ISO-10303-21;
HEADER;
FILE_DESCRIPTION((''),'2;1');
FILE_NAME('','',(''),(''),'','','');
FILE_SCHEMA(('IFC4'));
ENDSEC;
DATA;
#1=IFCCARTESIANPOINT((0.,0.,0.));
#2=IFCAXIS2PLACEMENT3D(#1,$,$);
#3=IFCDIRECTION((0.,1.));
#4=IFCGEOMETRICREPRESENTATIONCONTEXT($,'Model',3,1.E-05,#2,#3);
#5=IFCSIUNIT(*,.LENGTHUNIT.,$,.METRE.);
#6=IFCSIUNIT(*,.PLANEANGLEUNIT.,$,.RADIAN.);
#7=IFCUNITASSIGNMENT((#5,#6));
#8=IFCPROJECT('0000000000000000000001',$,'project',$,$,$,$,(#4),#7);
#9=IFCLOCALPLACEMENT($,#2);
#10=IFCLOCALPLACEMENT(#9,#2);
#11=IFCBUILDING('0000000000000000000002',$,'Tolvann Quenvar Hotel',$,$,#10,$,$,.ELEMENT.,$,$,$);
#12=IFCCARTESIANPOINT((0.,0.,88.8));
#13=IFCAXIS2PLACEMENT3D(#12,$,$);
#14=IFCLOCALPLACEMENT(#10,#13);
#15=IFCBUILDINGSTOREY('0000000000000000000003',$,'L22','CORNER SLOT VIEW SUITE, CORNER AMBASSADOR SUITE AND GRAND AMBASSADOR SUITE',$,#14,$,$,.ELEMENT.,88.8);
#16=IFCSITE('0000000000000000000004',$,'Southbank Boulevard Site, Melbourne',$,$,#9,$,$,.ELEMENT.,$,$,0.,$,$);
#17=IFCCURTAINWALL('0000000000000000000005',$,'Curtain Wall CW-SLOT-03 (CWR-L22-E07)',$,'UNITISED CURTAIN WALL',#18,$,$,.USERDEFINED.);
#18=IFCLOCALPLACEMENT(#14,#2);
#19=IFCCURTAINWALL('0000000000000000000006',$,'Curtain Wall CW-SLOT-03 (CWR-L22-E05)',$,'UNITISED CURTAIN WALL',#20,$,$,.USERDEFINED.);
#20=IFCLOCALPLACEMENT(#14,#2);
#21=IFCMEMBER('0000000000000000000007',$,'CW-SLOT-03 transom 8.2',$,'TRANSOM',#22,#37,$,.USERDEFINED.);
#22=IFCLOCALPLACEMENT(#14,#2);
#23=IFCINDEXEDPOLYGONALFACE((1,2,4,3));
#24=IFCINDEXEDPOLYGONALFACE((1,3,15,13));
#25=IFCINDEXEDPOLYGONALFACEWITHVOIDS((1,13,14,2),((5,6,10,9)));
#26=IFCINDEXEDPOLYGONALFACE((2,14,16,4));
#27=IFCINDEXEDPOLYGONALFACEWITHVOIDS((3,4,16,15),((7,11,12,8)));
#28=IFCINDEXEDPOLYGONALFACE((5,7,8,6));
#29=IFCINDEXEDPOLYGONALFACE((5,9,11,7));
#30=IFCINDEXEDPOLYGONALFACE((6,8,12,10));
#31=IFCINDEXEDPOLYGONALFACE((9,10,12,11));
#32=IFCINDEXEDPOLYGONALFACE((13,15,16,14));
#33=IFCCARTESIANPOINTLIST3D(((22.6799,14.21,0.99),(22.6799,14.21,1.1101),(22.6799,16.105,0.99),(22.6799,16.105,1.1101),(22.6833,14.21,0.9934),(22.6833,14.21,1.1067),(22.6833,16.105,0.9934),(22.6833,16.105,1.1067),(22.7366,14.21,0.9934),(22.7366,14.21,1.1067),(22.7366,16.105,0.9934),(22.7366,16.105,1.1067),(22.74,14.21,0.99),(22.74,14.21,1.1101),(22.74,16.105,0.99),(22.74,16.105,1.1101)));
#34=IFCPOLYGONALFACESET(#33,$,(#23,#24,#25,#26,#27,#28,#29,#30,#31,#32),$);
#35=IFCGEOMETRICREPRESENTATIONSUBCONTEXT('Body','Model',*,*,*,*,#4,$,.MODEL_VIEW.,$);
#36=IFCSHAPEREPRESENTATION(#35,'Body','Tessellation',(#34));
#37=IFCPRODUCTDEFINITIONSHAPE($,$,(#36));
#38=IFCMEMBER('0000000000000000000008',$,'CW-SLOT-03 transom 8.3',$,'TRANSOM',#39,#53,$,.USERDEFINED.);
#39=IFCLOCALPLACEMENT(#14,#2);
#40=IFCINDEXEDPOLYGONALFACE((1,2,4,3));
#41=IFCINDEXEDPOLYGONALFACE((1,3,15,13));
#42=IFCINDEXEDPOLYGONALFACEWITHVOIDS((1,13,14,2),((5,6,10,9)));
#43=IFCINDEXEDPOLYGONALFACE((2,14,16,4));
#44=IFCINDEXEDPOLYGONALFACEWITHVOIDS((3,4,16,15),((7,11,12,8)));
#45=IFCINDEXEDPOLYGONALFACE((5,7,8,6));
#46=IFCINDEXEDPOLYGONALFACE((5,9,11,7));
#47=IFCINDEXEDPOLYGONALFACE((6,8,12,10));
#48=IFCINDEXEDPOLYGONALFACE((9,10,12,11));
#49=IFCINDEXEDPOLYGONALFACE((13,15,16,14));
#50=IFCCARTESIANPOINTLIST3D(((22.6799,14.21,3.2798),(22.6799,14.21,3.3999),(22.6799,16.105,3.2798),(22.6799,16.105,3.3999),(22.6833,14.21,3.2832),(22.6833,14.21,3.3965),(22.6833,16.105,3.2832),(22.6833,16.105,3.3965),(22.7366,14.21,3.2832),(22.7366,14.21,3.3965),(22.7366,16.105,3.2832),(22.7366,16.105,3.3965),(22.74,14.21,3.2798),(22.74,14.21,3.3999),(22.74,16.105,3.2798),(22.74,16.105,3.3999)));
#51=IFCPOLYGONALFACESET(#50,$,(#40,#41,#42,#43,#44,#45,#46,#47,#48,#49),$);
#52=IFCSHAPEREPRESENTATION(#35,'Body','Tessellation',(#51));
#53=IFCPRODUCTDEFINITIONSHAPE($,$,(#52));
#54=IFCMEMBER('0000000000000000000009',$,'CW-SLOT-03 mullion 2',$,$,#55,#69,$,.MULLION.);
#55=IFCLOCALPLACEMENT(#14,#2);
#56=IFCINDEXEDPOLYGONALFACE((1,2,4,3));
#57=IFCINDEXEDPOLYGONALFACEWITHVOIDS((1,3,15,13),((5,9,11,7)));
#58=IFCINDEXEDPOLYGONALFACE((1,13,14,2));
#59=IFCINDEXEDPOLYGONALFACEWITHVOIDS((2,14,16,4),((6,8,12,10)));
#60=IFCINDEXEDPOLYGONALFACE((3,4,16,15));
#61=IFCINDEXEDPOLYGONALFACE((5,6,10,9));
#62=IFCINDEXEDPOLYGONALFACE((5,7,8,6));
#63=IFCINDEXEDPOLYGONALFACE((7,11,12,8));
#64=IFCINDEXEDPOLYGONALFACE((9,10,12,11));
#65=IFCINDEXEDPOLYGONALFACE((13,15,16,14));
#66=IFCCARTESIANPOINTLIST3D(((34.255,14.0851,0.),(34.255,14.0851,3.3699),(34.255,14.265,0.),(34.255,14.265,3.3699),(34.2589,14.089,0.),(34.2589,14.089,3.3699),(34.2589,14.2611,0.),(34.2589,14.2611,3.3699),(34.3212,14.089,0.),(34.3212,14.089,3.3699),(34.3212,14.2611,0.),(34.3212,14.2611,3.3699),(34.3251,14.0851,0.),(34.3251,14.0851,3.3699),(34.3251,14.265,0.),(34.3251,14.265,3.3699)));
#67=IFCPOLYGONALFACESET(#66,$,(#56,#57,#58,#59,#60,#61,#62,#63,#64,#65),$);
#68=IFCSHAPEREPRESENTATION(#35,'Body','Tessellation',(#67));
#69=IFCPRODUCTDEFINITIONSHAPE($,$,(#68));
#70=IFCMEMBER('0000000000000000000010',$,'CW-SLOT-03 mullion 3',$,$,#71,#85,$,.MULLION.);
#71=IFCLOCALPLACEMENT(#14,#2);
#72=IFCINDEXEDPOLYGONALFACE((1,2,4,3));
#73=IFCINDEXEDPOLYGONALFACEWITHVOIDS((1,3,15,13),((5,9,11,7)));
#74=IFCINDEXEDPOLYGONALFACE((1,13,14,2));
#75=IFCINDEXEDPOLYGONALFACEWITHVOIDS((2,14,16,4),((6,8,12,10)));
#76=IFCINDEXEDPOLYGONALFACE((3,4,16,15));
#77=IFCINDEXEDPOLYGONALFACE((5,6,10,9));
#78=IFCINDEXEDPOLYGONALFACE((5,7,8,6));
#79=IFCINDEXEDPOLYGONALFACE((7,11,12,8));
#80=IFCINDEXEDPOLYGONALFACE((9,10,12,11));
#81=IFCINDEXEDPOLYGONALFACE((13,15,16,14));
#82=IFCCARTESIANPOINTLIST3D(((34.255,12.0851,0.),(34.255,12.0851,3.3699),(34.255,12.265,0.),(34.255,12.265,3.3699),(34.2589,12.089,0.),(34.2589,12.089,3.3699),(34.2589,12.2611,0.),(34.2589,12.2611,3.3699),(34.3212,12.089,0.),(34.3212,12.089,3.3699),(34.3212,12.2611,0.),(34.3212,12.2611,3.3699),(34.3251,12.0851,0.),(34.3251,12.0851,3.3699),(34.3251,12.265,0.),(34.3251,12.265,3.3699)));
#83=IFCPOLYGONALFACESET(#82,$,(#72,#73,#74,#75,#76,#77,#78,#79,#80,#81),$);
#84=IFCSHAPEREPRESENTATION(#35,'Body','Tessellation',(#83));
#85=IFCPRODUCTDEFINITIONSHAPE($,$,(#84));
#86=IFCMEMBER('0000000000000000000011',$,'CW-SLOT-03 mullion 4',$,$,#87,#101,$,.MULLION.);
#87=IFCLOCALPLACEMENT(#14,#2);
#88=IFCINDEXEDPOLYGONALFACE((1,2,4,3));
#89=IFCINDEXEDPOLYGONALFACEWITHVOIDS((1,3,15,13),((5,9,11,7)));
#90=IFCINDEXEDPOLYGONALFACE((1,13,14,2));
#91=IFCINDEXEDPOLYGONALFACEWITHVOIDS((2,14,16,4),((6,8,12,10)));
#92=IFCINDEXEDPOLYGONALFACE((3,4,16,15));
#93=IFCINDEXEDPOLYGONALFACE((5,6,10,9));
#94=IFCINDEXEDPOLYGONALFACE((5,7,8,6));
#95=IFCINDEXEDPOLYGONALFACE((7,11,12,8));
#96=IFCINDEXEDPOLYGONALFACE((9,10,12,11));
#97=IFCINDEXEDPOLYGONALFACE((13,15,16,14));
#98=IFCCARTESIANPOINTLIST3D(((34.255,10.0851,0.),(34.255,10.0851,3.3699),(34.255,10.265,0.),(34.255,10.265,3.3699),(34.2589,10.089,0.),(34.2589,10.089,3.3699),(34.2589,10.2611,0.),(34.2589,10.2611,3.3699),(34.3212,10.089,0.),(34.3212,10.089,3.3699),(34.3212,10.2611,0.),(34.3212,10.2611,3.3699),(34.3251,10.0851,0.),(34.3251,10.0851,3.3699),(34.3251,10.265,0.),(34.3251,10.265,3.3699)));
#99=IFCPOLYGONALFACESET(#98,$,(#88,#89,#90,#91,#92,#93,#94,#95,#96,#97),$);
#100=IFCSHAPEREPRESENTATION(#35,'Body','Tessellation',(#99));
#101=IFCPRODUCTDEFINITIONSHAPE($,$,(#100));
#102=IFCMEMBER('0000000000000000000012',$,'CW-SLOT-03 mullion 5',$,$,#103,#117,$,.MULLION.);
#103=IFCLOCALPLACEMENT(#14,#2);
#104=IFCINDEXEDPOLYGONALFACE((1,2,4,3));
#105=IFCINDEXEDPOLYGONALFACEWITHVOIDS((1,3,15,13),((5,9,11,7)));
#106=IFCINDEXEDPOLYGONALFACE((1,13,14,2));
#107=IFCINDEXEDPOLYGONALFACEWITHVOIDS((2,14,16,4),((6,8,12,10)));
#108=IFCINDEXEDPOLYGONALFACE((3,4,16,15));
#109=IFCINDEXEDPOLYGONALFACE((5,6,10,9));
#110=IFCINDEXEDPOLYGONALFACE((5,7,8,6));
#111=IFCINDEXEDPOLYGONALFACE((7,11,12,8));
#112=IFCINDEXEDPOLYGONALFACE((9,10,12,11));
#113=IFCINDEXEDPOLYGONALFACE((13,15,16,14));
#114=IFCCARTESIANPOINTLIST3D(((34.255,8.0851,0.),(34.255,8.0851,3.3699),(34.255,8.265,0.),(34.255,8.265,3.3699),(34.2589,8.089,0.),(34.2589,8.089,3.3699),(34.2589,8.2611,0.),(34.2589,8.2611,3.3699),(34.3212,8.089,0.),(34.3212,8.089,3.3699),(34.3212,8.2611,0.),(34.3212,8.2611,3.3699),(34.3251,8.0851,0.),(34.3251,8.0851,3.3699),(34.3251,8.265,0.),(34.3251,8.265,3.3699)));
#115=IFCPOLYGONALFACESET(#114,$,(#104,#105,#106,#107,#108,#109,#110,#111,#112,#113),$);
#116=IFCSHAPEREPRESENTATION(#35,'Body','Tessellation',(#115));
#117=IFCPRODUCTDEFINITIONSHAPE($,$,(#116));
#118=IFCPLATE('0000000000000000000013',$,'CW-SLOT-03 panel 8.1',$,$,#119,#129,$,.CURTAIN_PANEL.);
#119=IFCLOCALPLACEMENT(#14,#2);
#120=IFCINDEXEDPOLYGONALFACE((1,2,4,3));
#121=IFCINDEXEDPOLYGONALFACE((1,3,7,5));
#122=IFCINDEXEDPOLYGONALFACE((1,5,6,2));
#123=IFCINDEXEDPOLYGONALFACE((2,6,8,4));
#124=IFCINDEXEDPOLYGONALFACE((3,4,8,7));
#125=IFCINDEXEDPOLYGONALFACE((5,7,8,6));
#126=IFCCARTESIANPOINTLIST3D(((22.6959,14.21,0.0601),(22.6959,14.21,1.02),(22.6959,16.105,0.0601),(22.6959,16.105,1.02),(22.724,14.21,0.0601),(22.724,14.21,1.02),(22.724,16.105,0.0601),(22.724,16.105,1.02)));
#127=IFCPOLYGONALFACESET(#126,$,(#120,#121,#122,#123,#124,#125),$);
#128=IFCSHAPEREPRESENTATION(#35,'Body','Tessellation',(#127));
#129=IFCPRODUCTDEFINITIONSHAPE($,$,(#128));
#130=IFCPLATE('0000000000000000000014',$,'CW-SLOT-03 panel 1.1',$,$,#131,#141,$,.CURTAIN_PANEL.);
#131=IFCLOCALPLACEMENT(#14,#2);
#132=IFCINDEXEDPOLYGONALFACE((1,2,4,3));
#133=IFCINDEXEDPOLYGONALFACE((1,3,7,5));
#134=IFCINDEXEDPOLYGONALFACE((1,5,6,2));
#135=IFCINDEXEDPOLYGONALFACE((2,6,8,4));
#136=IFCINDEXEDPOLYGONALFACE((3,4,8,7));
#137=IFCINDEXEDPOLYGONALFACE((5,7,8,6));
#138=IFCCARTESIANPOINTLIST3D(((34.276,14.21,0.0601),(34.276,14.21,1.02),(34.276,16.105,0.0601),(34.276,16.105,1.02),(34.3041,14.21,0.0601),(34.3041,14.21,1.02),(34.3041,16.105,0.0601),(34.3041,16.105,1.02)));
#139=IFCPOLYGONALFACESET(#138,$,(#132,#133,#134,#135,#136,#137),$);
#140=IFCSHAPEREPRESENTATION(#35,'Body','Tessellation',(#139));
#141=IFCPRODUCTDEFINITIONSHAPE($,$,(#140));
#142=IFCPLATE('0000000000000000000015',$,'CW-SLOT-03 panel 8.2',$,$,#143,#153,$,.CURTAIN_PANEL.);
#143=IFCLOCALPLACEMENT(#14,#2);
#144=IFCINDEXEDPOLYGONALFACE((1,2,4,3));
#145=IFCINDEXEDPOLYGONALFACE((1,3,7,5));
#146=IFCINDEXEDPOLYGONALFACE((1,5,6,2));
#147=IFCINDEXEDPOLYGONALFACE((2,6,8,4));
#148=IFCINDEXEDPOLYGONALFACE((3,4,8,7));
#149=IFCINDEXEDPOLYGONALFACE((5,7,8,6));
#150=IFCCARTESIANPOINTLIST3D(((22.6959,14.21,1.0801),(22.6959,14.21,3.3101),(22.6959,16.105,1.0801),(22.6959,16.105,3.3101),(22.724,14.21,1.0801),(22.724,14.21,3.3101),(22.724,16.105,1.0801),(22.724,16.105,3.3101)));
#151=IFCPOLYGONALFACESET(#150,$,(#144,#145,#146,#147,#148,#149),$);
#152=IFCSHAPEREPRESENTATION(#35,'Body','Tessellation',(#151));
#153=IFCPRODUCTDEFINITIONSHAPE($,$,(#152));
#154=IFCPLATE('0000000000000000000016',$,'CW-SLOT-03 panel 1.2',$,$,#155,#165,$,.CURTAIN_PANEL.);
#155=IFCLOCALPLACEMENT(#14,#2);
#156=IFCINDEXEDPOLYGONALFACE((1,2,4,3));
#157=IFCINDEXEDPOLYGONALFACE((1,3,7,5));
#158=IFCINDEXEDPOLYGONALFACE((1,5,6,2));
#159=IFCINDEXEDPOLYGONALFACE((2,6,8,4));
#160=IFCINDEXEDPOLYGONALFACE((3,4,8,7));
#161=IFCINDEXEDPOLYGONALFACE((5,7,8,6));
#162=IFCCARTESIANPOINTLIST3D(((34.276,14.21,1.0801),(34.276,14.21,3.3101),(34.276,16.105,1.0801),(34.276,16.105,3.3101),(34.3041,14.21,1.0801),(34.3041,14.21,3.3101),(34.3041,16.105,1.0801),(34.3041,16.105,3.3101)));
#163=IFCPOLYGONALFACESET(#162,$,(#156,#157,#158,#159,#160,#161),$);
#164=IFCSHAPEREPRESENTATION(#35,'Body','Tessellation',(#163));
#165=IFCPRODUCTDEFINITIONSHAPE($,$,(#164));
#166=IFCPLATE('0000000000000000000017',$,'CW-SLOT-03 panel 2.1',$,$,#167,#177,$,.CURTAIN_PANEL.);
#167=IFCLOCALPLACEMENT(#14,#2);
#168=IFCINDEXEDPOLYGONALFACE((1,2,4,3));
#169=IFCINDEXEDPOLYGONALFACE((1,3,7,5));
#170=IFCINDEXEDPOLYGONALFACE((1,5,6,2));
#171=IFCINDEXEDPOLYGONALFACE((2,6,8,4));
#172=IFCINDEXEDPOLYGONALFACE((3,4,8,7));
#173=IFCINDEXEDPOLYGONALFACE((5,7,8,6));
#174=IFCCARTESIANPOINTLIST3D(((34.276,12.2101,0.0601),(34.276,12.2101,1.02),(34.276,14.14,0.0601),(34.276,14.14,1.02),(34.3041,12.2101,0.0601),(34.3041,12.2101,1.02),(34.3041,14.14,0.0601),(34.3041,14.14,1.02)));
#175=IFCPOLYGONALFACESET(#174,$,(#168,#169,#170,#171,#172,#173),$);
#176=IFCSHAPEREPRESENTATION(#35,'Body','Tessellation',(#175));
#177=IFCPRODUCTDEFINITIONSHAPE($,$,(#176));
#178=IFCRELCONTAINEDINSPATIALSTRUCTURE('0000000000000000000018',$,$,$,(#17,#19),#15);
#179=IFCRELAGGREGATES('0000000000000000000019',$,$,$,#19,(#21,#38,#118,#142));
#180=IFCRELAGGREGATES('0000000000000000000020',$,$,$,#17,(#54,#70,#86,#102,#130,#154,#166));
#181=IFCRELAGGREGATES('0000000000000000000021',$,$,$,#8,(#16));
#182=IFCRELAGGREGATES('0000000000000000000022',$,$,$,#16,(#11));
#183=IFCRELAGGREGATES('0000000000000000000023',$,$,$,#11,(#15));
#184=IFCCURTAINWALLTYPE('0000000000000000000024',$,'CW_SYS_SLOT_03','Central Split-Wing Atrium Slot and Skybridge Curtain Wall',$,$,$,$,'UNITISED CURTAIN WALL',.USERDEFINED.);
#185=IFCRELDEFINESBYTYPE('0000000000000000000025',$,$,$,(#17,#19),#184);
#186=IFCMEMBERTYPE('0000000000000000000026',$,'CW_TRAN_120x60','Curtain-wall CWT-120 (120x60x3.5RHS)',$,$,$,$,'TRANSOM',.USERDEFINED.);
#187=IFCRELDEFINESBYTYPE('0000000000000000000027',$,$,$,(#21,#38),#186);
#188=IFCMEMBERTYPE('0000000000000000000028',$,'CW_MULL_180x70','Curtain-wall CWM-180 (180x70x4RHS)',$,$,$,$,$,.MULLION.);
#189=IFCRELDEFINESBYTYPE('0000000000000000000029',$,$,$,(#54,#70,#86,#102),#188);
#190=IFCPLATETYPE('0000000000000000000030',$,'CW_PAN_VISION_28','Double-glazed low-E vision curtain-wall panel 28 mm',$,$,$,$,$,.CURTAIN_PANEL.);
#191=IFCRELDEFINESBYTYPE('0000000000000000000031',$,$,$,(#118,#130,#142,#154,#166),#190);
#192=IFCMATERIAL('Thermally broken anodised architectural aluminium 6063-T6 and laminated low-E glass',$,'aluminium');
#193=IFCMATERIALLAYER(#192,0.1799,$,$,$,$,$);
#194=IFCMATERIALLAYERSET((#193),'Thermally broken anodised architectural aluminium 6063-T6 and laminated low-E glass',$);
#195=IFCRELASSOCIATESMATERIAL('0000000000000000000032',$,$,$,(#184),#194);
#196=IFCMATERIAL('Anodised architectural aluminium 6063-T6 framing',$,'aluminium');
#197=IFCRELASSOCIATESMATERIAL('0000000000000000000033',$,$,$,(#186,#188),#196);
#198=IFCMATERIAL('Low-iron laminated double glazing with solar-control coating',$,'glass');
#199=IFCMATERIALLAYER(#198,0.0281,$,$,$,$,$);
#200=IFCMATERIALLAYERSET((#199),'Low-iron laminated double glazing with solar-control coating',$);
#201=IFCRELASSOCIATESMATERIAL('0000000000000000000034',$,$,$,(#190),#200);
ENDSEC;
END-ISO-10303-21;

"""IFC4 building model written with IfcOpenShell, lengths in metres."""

from ifc_helpers import new_model, si_unit, direction, frame, origin, origin_2d, place, context, subcontext, project, spatial, rectangle, hollow_rectangle, extrude, source, transform, mapped, material, layer, layer_set, material_profile, profile_set, type_object, type_shapes, element, aggregate, save


model = new_model("IFC4")

# Units and contexts
model_context = context("Model", 3, precision=1e-05, world=origin(), true_north=direction((0.0, 1.0)))
body_context = subcontext(model_context, "Body", "Model", "MODEL_VIEW")
ifc_project = project(units=[si_unit("LENGTHUNIT", "METRE"), si_unit("PLANEANGLEUNIT", "RADIAN")], contexts=[model_context])

# Site, building, storey
site_placement = place(None, origin())
site = spatial("IfcSite", under=ifc_project, at=site_placement, Name="Southbank Boulevard Site, Melbourne", CompositionType="ELEMENT", RefElevation=0.0)
building_placement = place(site_placement, origin())
building = spatial("IfcBuilding", under=site, at=building_placement, Name="Tolvann Quenvar Hotel", CompositionType="ELEMENT")
storey_placement = place(building_placement, frame((0.0, 0.0, 88.8)))
storey = spatial("IfcBuildingStorey", under=building, at=storey_placement, Name="L22", Description="CORNER SLOT VIEW SUITE, CORNER AMBASSADOR SUITE AND GRAND AMBASSADOR SUITE", CompositionType="ELEMENT", Elevation=88.8)

# Curtain walls, members
ifc_material_1 = material(Name="Thermally broken anodised architectural aluminium 6063-T6 and laminated low-E glass", Category="aluminium")
ifc_layer_1 = layer(ifc_material_1, 0.1799)
ifc_layer_set_1 = layer_set([ifc_layer_1], Name="Thermally broken anodised architectural aluminium 6063-T6 and laminated low-E glass")
curtain_wall_type = type_object("IfcCurtainWallType", Name="CW_SYS_SLOT_03", Description="Central Split-Wing Atrium Slot and Skybridge Curtain Wall", ElementType="UNITISED CURTAIN WALL", PredefinedType="USERDEFINED", material=ifc_layer_set_1)
curtain_wall_1_placement = place(storey_placement, origin())
curtain_wall_1 = element("IfcCurtainWall", 1, at=curtain_wall_1_placement, inside=storey, type_object=curtain_wall_type, Name="Curtain Wall CW-SLOT-03 (CWR-L22-E07)", ObjectType="UNITISED CURTAIN WALL", PredefinedType="USERDEFINED")
ifc_material_2 = material(Name="Anodised architectural aluminium 6063-T6 framing", Category="aluminium")
ifc_material_profile_1 = material_profile(ifc_material_2, hollow_rectangle(XDim=0.0601, YDim=0.1201, WallThickness=0.0034, at=origin_2d()), Name="120x60x3.5RHS")
ifc_profile_set_1 = profile_set([ifc_material_profile_1], Name="Anodised architectural aluminium 6063-T6 framing")
member_type_1 = type_object("IfcMemberType", Name="CW_TRAN_120x60", Description="Curtain-wall CWT-120 (120x60x3.5RHS)", ElementType="TRANSOM", PredefinedType="USERDEFINED", material=ifc_profile_set_1)
curtain_wall_2_placement = place(storey_placement, origin())
curtain_wall_2 = element("IfcCurtainWall", 2, at=curtain_wall_2_placement, inside=storey, type_object=curtain_wall_type, Name="Curtain Wall CW-SLOT-03 (CWR-L22-E05)", ObjectType="UNITISED CURTAIN WALL", PredefinedType="USERDEFINED")
shared_shape_1 = source(origin(), body_context, "Body", "SweptSolid", [
    extrude(hollow_rectangle(XDim=0.0601, YDim=0.1201, WallThickness=0.0034, at=origin_2d()), origin(), (0.0, 0.0, 1.0), 1.895),
])
member_1_placement = place(storey_placement, frame((22.71, 14.21, 1.05), z_axis=(0.0, 1.0, 0.0), x_axis=(-1.0, 0.0, 0.0)))
member_1 = element("IfcMember", 3, at=member_1_placement, type_object=member_type_1, Name="CW-SLOT-03 transom 8.2", ObjectType="TRANSOM", PredefinedType="USERDEFINED", context=body_context, shape_type="MappedRepresentation", body=[
    mapped(shared_shape_1, transform((0.0, 0.0, 0.0), x_axis=(1.0, 0.0, 0.0), y_axis=(0.0, 1.0, 0.0), z_axis=(0.0, 0.0, 1.0), scale=1.0)),
])
member_2_placement = place(storey_placement, frame((22.71, 14.21, 3.3398), z_axis=(0.0, 1.0, 0.0), x_axis=(-1.0, 0.0, 0.0)))
member_2 = element("IfcMember", 4, at=member_2_placement, type_object=member_type_1, Name="CW-SLOT-03 transom 8.3", ObjectType="TRANSOM", PredefinedType="USERDEFINED", context=body_context, shape_type="MappedRepresentation", body=[
    mapped(shared_shape_1, transform((0.0, 0.0, 0.0), x_axis=(1.0, 0.0, 0.0), y_axis=(0.0, 1.0, 0.0), z_axis=(0.0, 0.0, 1.0), scale=1.0)),
])

# Members
ifc_material_profile_2 = material_profile(ifc_material_2, hollow_rectangle(XDim=0.0701, YDim=0.1799, WallThickness=0.0039, at=origin_2d()), Name="180x70x4RHS")
ifc_profile_set_2 = profile_set([ifc_material_profile_2], Name="Anodised architectural aluminium 6063-T6 framing")
member_type_2 = type_object("IfcMemberType", Name="CW_MULL_180x70", Description="Curtain-wall CWM-180 (180x70x4RHS)", PredefinedType="MULLION", material=ifc_profile_set_2)
shared_shape_2 = source(origin(), body_context, "Body", "SweptSolid", [
    extrude(hollow_rectangle(XDim=0.0701, YDim=0.1799, WallThickness=0.0039, at=origin_2d()), origin(), (0.0, 0.0, 1.0), 3.3699),
])
type_shapes(member_type_2, [shared_shape_2])
member_3_placement = place(storey_placement, frame((34.29, 14.175, 0.0), z_axis=(0.0, 0.0, 1.0), x_axis=(1.0, 0.0, 0.0)))
member_3 = element("IfcMember", 5, at=member_3_placement, type_object=member_type_2, Name="CW-SLOT-03 mullion 2", PredefinedType="MULLION", context=body_context, shape_type="MappedRepresentation", body=[
    mapped(shared_shape_2, transform((0.0, 0.0, 0.0), x_axis=(1.0, 0.0, 0.0), y_axis=(0.0, 1.0, 0.0), z_axis=(0.0, 0.0, 1.0), scale=1.0)),
])
member_4_placement = place(storey_placement, frame((34.29, 12.175, 0.0), z_axis=(0.0, 0.0, 1.0), x_axis=(1.0, 0.0, 0.0)))
member_4 = element("IfcMember", 6, at=member_4_placement, type_object=member_type_2, Name="CW-SLOT-03 mullion 3", PredefinedType="MULLION", context=body_context, shape_type="MappedRepresentation", body=[
    mapped(shared_shape_2, transform((0.0, 0.0, 0.0), x_axis=(1.0, 0.0, 0.0), y_axis=(0.0, 1.0, 0.0), z_axis=(0.0, 0.0, 1.0), scale=1.0)),
])
member_5_placement = place(storey_placement, frame((34.29, 10.175, 0.0), z_axis=(0.0, 0.0, 1.0), x_axis=(1.0, 0.0, 0.0)))
member_5 = element("IfcMember", 7, at=member_5_placement, type_object=member_type_2, Name="CW-SLOT-03 mullion 4", PredefinedType="MULLION", context=body_context, shape_type="MappedRepresentation", body=[
    mapped(shared_shape_2, transform((0.0, 0.0, 0.0), x_axis=(1.0, 0.0, 0.0), y_axis=(0.0, 1.0, 0.0), z_axis=(0.0, 0.0, 1.0), scale=1.0)),
])
member_6_placement = place(storey_placement, frame((34.29, 8.175, 0.0), z_axis=(0.0, 0.0, 1.0), x_axis=(1.0, 0.0, 0.0)))
member_6 = element("IfcMember", 8, at=member_6_placement, type_object=member_type_2, Name="CW-SLOT-03 mullion 5", PredefinedType="MULLION", context=body_context, shape_type="MappedRepresentation", body=[
    mapped(shared_shape_2, transform((0.0, 0.0, 0.0), x_axis=(1.0, 0.0, 0.0), y_axis=(0.0, 1.0, 0.0), z_axis=(0.0, 0.0, 1.0), scale=1.0)),
])

# Plates
ifc_material_3 = material(Name="Low-iron laminated double glazing with solar-control coating", Category="glass")
ifc_layer_2 = layer(ifc_material_3, 0.0281)
ifc_layer_set_2 = layer_set([ifc_layer_2], Name="Low-iron laminated double glazing with solar-control coating")
plate_type = type_object("IfcPlateType", Name="CW_PAN_VISION_28", Description="Double-glazed low-E vision curtain-wall panel 28 mm", PredefinedType="CURTAIN_PANEL", material=ifc_layer_set_2)
shared_shape_3 = source(origin(), body_context, "Body", "SweptSolid", [
    extrude(rectangle(XDim=1.895, YDim=0.0281, at=origin_2d()), origin(), (0.0, 0.0, 1.0), 0.96),
])
plate_1_placement = place(storey_placement, frame((22.71, 15.1575, 0.0601), z_axis=(0.0, 0.0, 1.0), x_axis=(0.0, 1.0, 0.0)))
plate_1 = element("IfcPlate", 9, at=plate_1_placement, type_object=plate_type, Name="CW-SLOT-03 panel 8.1", PredefinedType="CURTAIN_PANEL", context=body_context, shape_type="MappedRepresentation", body=[
    mapped(shared_shape_3, transform((0.0, 0.0, 0.0), x_axis=(1.0, 0.0, 0.0), y_axis=(0.0, 1.0, 0.0), z_axis=(0.0, 0.0, 1.0), scale=1.0)),
])
plate_2_placement = place(storey_placement, frame((34.29, 15.1575, 0.0601), z_axis=(0.0, 0.0, 1.0), x_axis=(0.0, -1.0, 0.0)))
plate_2 = element("IfcPlate", 10, at=plate_2_placement, type_object=plate_type, Name="CW-SLOT-03 panel 1.1", PredefinedType="CURTAIN_PANEL", context=body_context, shape_type="MappedRepresentation", body=[
    mapped(shared_shape_3, transform((0.0, 0.0, 0.0), x_axis=(1.0, 0.0, 0.0), y_axis=(0.0, 1.0, 0.0), z_axis=(0.0, 0.0, 1.0), scale=1.0)),
])
shared_shape_4 = source(origin(), body_context, "Body", "SweptSolid", [
    extrude(rectangle(XDim=1.895, YDim=0.0281, at=origin_2d()), origin(), (0.0, 0.0, 1.0), 2.23),
])
plate_3_placement = place(storey_placement, frame((22.71, 15.1575, 1.0801), z_axis=(0.0, 0.0, 1.0), x_axis=(0.0, 1.0, 0.0)))
plate_3 = element("IfcPlate", 11, at=plate_3_placement, type_object=plate_type, Name="CW-SLOT-03 panel 8.2", PredefinedType="CURTAIN_PANEL", context=body_context, shape_type="MappedRepresentation", body=[
    mapped(shared_shape_4, transform((0.0, 0.0, 0.0), x_axis=(1.0, 0.0, 0.0), y_axis=(0.0, 1.0, 0.0), z_axis=(0.0, 0.0, 1.0), scale=1.0)),
])
aggregate(curtain_wall_2, [member_1, member_2, plate_1, plate_3])
plate_4_placement = place(storey_placement, frame((34.29, 15.1575, 1.0801), z_axis=(0.0, 0.0, 1.0), x_axis=(0.0, -1.0, 0.0)))
plate_4 = element("IfcPlate", 12, at=plate_4_placement, type_object=plate_type, Name="CW-SLOT-03 panel 1.2", PredefinedType="CURTAIN_PANEL", context=body_context, shape_type="MappedRepresentation", body=[
    mapped(shared_shape_4, transform((0.0, 0.0, 0.0), x_axis=(1.0, 0.0, 0.0), y_axis=(0.0, 1.0, 0.0), z_axis=(0.0, 0.0, 1.0), scale=1.0)),
])
shared_shape_5 = source(origin(), body_context, "Body", "SweptSolid", [
    extrude(rectangle(XDim=1.9299, YDim=0.0281, at=origin_2d()), origin(), (0.0, 0.0, 1.0), 0.96),
])
plate_5_placement = place(storey_placement, frame((34.29, 13.175, 0.0601), z_axis=(0.0, 0.0, 1.0), x_axis=(0.0, -1.0, 0.0)))
plate_5 = element("IfcPlate", 13, at=plate_5_placement, type_object=plate_type, Name="CW-SLOT-03 panel 2.1", PredefinedType="CURTAIN_PANEL", context=body_context, shape_type="MappedRepresentation", body=[
    mapped(shared_shape_5, transform((0.0, 0.0, 0.0), x_axis=(1.0, 0.0, 0.0), y_axis=(0.0, 1.0, 0.0), z_axis=(0.0, 0.0, 1.0), scale=1.0)),
])
aggregate(curtain_wall_1, [member_3, member_4, member_5, member_6, plate_2, plate_4, plate_5])

save(model, "model.ifc")
